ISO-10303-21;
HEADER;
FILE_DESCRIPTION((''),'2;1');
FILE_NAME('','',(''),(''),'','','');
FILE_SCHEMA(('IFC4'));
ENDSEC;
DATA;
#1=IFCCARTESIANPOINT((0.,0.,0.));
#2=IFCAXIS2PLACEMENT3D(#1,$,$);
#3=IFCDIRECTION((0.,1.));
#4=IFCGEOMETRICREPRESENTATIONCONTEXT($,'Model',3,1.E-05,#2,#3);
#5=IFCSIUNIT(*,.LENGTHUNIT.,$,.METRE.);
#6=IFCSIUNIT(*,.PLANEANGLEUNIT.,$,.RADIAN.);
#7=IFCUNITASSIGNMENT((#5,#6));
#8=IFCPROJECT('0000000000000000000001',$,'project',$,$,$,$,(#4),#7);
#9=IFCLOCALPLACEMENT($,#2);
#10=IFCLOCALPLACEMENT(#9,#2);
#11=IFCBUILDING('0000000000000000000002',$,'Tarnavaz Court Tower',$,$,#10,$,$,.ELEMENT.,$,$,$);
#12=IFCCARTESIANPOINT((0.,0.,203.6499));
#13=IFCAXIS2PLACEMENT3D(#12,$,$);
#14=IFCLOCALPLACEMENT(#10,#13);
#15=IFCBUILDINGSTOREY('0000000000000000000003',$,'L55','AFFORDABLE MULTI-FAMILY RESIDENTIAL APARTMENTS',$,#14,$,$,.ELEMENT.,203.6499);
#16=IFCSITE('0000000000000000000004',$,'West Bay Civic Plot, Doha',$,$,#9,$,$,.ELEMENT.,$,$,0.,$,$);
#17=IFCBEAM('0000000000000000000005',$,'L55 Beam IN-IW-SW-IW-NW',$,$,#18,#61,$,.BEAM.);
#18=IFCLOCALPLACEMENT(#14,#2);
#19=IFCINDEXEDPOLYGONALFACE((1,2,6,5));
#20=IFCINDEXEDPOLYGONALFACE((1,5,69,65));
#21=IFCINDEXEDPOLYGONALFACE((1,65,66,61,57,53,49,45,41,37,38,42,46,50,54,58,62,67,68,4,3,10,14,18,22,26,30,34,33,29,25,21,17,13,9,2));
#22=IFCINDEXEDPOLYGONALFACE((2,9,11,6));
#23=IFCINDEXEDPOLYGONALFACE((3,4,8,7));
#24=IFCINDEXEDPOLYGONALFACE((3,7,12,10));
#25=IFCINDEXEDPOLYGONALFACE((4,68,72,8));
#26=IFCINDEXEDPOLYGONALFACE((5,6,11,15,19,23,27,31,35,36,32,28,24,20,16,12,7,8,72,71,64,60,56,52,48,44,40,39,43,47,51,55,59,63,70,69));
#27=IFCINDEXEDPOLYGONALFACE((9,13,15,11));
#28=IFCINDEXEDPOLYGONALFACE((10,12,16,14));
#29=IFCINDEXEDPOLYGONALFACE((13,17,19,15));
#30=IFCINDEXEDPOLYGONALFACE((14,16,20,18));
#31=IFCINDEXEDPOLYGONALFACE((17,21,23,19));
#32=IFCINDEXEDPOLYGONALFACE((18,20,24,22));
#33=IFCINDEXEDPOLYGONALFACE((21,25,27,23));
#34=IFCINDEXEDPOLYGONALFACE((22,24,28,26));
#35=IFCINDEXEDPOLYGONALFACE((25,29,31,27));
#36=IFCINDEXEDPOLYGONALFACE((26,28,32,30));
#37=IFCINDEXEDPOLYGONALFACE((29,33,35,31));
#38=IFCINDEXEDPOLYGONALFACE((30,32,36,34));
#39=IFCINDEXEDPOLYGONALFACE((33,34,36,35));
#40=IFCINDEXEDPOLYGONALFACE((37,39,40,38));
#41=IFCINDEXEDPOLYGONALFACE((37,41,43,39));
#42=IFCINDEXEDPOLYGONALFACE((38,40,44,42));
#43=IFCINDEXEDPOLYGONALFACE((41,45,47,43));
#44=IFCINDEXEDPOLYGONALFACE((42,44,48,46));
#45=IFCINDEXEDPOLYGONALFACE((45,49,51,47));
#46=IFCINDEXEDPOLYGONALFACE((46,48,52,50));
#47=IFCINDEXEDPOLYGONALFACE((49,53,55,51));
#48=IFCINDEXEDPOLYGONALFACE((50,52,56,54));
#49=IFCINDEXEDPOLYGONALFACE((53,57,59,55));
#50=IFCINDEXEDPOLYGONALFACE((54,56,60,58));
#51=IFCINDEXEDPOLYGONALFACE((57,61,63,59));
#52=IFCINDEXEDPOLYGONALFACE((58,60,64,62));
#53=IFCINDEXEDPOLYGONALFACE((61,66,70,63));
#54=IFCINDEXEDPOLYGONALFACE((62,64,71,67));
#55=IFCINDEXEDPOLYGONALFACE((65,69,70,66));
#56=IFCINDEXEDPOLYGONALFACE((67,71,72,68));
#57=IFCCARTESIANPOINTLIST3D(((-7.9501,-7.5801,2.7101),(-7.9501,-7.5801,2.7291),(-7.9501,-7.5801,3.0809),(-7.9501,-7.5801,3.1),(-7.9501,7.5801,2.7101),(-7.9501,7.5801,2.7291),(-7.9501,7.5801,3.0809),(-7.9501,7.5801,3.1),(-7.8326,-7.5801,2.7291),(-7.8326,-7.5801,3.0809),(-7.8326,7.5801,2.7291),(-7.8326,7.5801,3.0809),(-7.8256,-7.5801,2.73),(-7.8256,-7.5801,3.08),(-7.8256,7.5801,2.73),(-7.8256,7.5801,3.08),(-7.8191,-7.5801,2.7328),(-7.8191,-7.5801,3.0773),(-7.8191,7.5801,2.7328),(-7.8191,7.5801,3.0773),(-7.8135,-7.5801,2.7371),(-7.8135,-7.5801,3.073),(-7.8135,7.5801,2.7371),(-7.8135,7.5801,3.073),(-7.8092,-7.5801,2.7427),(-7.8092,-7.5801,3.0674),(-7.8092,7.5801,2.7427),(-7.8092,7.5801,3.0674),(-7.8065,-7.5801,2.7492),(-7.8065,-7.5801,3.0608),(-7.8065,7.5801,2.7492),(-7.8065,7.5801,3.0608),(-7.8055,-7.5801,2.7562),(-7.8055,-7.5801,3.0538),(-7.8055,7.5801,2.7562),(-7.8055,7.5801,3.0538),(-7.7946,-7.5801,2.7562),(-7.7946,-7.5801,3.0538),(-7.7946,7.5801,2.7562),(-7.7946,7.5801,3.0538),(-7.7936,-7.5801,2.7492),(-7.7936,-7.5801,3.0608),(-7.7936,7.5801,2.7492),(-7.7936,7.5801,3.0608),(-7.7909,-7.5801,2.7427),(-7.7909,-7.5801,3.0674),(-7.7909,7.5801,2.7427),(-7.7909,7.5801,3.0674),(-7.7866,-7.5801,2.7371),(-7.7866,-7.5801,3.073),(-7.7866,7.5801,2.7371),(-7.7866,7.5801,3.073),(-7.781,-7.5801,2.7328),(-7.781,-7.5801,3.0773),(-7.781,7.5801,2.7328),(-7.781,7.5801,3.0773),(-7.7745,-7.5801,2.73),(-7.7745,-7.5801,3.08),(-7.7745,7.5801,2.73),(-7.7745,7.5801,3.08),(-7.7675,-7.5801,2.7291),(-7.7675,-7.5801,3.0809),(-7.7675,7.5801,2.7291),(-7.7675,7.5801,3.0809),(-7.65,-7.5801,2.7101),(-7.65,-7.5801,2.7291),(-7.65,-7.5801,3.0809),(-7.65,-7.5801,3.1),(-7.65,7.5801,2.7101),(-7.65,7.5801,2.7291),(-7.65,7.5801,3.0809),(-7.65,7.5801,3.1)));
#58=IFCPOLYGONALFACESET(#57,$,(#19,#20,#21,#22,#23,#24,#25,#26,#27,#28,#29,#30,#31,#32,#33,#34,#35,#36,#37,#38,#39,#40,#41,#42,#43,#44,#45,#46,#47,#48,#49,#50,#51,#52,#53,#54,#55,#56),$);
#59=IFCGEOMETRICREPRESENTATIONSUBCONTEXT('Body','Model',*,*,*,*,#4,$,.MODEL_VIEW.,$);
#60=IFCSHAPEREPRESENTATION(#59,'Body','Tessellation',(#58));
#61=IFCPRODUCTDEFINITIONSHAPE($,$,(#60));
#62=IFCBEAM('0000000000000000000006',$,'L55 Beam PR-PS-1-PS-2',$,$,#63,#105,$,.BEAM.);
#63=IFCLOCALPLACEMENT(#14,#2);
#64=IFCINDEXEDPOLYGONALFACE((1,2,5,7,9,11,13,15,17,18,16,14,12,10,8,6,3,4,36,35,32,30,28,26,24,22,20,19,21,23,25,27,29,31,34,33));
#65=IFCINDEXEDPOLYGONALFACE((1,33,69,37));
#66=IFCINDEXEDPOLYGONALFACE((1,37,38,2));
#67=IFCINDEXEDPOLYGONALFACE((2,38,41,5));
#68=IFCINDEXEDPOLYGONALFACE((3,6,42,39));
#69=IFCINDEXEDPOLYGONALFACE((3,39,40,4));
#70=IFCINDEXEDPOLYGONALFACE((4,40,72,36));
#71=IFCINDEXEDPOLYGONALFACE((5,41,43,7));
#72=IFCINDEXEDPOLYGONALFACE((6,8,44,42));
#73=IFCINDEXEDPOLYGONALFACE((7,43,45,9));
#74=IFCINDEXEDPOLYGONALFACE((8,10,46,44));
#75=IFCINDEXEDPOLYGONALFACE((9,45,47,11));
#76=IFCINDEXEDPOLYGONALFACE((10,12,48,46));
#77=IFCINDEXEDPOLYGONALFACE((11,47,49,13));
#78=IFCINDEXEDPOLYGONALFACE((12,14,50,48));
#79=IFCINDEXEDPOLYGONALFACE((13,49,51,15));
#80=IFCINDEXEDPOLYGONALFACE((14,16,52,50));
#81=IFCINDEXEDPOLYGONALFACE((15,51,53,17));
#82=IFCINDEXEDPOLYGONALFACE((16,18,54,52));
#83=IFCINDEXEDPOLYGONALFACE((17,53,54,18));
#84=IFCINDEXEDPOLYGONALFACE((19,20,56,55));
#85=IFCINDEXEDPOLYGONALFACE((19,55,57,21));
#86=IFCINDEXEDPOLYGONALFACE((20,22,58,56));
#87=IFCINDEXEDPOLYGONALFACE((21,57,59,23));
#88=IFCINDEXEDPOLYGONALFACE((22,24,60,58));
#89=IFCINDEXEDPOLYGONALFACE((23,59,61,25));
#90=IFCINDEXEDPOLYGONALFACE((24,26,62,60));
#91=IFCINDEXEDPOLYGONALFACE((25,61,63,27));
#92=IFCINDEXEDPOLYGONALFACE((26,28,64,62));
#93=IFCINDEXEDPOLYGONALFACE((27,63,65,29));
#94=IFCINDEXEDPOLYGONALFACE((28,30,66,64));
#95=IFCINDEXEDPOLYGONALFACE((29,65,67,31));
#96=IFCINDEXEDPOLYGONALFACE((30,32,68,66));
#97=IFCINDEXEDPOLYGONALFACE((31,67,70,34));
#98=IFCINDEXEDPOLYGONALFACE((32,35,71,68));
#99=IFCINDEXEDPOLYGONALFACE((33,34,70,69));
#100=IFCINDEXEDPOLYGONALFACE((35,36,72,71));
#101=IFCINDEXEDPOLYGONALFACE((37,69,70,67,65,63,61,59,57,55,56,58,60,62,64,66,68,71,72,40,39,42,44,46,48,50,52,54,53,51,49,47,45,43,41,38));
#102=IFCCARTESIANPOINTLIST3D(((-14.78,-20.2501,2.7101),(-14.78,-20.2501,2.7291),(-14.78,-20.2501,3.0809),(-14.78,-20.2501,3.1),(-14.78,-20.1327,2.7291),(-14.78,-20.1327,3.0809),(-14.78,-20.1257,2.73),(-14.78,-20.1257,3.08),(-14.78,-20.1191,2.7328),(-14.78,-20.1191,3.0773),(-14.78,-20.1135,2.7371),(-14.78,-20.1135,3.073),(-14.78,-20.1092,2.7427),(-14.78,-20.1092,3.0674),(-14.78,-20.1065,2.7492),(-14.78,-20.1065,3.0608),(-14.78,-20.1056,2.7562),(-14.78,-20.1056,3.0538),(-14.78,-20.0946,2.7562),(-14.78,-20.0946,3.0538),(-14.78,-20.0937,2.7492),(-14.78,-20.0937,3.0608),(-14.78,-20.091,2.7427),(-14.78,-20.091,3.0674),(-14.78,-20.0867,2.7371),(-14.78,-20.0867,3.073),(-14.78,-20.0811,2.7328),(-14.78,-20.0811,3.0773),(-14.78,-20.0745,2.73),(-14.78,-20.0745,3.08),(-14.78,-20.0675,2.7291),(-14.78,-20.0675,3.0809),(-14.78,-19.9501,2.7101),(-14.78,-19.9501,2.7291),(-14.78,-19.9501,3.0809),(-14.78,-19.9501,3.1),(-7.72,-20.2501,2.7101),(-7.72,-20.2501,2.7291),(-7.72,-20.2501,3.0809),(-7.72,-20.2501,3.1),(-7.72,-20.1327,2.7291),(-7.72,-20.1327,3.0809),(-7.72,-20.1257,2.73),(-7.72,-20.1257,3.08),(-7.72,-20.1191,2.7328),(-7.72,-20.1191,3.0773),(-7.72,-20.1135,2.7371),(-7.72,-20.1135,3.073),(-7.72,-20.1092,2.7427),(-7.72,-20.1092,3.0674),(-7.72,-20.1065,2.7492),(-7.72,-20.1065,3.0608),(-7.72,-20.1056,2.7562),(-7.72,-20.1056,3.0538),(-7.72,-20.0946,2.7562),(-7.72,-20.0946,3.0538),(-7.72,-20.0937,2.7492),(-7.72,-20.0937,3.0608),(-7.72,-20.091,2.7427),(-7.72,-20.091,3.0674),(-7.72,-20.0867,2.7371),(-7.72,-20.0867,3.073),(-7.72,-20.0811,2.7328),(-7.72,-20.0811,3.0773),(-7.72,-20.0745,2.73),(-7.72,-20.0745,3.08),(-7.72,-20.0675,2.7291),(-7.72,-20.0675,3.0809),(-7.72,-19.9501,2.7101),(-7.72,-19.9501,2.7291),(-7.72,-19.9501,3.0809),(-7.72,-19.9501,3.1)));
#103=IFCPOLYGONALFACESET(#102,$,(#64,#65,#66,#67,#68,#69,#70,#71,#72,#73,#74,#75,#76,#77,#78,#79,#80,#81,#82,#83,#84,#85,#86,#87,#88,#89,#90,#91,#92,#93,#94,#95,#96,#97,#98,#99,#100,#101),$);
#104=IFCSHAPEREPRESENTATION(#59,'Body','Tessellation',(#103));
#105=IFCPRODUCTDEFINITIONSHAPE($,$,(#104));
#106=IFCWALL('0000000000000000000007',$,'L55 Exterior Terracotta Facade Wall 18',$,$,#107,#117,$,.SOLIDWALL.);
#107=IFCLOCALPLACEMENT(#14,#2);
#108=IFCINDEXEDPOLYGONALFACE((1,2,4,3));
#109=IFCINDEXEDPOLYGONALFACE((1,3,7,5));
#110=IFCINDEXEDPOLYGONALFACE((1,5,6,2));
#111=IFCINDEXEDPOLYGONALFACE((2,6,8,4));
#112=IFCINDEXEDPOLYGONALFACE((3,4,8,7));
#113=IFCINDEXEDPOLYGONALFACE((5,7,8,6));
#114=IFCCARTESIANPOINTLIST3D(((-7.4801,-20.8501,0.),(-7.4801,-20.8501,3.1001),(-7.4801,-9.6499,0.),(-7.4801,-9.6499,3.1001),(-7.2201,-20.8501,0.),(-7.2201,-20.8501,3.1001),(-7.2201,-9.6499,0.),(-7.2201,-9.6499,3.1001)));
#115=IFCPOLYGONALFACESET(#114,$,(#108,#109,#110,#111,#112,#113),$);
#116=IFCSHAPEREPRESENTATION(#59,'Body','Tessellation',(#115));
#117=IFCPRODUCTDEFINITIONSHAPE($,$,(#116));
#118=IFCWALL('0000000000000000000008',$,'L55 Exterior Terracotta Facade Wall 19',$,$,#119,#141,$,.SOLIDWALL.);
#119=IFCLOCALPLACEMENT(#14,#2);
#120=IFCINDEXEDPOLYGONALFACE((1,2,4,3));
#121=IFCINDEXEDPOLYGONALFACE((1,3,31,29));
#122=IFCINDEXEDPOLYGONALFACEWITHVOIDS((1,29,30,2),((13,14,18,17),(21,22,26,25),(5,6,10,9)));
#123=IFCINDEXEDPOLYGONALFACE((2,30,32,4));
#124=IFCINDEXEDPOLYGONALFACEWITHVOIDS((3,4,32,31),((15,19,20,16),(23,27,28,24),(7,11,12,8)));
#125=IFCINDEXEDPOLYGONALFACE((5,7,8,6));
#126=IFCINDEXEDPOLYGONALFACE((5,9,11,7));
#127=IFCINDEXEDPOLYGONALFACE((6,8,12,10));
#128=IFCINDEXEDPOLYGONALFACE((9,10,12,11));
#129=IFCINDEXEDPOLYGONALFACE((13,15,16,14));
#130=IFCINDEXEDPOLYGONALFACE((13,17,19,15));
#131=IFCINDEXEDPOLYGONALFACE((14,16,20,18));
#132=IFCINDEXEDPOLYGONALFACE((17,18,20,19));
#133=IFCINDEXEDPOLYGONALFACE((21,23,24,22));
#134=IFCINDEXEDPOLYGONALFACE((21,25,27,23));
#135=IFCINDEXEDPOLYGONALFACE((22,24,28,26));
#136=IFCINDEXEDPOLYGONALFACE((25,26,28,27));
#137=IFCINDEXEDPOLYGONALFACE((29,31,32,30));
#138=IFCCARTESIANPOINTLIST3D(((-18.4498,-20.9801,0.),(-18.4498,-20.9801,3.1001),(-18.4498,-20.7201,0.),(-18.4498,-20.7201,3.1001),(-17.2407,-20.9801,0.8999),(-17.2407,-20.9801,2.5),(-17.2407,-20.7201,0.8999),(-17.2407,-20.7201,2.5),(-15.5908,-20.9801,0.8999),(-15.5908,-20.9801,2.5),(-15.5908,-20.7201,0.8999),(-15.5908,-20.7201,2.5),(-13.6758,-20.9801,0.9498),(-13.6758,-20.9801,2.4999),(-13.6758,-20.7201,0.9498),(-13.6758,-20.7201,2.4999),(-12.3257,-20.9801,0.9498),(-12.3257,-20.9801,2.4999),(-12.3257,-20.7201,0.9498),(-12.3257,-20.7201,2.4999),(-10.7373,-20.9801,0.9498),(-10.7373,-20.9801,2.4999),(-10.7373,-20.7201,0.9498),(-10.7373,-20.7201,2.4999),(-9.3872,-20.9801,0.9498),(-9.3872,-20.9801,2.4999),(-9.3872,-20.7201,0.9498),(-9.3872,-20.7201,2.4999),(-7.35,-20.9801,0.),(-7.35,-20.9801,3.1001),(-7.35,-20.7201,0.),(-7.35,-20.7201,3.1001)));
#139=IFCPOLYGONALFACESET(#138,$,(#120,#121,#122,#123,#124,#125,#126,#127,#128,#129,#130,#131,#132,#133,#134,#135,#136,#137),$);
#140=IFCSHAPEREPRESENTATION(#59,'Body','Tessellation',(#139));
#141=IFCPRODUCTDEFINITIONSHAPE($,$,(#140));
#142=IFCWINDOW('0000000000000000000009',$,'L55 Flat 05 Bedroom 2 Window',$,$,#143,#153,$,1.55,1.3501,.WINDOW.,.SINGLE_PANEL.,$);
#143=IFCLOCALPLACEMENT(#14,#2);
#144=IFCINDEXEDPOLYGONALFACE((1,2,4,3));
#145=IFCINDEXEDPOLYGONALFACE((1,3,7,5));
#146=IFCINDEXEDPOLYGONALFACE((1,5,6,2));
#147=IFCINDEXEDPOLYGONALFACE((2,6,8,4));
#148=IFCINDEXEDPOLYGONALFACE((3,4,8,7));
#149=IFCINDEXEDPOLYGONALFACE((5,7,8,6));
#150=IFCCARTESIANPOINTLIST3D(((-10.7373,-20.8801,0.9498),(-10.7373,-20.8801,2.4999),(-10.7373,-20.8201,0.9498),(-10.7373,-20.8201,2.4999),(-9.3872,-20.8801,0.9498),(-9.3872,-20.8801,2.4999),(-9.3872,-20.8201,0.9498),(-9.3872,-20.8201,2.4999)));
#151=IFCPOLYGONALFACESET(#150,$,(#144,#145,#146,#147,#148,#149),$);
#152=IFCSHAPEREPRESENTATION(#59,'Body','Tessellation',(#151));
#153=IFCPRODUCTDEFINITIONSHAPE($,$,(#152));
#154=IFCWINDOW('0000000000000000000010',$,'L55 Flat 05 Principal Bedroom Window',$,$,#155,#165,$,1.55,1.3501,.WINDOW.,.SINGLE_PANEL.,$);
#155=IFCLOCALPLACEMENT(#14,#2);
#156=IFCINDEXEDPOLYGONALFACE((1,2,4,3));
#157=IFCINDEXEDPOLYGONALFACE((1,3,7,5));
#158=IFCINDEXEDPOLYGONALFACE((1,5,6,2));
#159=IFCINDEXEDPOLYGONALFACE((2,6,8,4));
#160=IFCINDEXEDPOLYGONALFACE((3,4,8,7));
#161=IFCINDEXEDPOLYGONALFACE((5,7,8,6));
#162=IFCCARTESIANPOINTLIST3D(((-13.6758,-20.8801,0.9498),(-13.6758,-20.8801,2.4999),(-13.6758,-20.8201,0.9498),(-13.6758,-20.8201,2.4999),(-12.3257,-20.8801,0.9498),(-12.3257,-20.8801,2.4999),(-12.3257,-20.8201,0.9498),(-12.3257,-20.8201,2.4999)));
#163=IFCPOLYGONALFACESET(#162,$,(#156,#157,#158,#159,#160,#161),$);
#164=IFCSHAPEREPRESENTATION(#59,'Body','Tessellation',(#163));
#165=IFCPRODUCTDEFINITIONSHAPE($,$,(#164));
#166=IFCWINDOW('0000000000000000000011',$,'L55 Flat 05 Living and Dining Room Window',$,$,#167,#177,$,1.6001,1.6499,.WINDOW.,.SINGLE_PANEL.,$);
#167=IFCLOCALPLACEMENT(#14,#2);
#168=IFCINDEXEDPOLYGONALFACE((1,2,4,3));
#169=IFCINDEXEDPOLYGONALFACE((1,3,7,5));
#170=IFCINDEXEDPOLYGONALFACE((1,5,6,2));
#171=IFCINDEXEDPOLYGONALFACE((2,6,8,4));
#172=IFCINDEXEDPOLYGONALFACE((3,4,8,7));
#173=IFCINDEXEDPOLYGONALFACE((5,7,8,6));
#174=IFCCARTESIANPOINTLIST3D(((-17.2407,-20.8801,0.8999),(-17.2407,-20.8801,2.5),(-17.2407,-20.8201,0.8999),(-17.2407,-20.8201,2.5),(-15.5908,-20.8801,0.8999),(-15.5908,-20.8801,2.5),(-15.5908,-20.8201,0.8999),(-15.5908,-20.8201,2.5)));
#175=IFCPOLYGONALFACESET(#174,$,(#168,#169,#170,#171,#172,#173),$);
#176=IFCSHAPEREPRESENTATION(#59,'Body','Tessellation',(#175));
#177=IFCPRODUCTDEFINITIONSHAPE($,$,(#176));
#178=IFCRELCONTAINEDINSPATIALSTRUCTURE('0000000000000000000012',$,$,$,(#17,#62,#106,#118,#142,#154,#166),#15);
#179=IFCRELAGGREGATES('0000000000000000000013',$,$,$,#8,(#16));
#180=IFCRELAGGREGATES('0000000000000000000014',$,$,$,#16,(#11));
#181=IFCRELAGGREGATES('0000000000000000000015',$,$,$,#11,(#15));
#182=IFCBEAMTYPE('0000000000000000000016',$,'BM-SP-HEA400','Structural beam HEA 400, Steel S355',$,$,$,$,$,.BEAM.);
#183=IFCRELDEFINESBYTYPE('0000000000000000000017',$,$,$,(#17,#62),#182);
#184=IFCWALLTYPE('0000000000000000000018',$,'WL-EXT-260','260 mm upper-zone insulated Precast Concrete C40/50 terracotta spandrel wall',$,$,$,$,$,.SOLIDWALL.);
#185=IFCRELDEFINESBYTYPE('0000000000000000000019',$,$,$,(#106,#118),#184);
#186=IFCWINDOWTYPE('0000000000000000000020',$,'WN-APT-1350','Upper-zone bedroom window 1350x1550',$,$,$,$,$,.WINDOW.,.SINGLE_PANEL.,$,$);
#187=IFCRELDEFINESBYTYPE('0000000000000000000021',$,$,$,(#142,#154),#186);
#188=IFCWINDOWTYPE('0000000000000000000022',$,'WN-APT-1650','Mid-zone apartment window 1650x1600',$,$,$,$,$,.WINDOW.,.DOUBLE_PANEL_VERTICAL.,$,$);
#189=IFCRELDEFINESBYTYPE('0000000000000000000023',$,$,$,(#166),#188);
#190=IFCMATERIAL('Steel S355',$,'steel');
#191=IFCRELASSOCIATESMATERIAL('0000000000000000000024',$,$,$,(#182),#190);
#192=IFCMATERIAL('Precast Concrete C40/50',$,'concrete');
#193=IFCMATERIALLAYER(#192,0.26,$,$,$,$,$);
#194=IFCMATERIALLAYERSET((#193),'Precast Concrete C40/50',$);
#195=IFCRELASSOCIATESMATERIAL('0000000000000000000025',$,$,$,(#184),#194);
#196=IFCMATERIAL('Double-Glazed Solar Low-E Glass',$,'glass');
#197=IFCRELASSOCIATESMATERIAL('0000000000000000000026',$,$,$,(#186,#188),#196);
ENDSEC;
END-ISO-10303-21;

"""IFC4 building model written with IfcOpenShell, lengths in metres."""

from ifc_helpers import new_model, si_unit, direction, frame, frame_2d, origin, origin_2d, place, context, subcontext, project, spatial, rectangle, i_section, extrude, material, layer, layer_set, material_profile, profile_set, type_object, element, fill, save


model = new_model("IFC4")

# Units and contexts
model_context = context("Model", 3, precision=1e-05, world=origin(), true_north=direction((0.0, 1.0)))
body_context = subcontext(model_context, "Body", "Model", "MODEL_VIEW")
ifc_project = project(units=[si_unit("LENGTHUNIT", "METRE"), si_unit("PLANEANGLEUNIT", "RADIAN")], contexts=[model_context])

# Site, building, storey
site_placement = place(None, origin())
site = spatial("IfcSite", under=ifc_project, at=site_placement, Name="West Bay Civic Plot, Doha", CompositionType="ELEMENT", RefElevation=0.0)
building_placement = place(site_placement, origin())
building = spatial("IfcBuilding", under=site, at=building_placement, Name="Tarnavaz Court Tower", CompositionType="ELEMENT")
storey_placement = place(building_placement, frame((0.0, 0.0, 203.6499)))
storey = spatial("IfcBuildingStorey", under=building, at=storey_placement, Name="L55", Description="AFFORDABLE MULTI-FAMILY RESIDENTIAL APARTMENTS", CompositionType="ELEMENT", Elevation=203.6499)

# Beams
ifc_material_1 = material(Name="Steel S355", Category="steel")
ifc_material_profile_1 = material_profile(ifc_material_1, i_section(OverallWidth=0.3, OverallDepth=0.3899, WebThickness=0.011, FlangeThickness=0.019, FilletRadius=0.0271, at=origin_2d()), Name="HEA 400")
ifc_profile_set_1 = profile_set([ifc_material_profile_1], Name="Steel S355")
beam_type_1 = type_object("IfcBeamType", Name="BM-SP-HEA400", Description="Structural beam HEA 400, Steel S355", PredefinedType="BEAM", material=ifc_profile_set_1)
for number, where, z_axis, x_axis, name in (
    (1, (-7.8, -7.5801, 2.905), (0.0, 1.0, 0.0), (-1.0, 0.0, 0.0), "L55 Beam IN-IW-SW-IW-NW"),
):
    element("IfcBeam", number, at=place(storey_placement, frame(where, z_axis=z_axis, x_axis=x_axis)), inside=storey, type_object=beam_type_1, Name=name, PredefinedType="BEAM", context=body_context, shape_type="SweptSolid", body=[
        extrude(i_section(OverallWidth=0.3, OverallDepth=0.3899, WebThickness=0.011, FlangeThickness=0.019, FilletRadius=0.0271, at=origin_2d()), origin(), (0.0, 0.0, 1.0), 15.1602),
    ])
beam_1_placement = place(storey_placement, frame((-14.78, -20.1001, 2.905), z_axis=(1.0, 0.0, 0.0), x_axis=(0.0, 1.0, 0.0)))
element("IfcBeam", 2, at=beam_1_placement, inside=storey, type_object=beam_type_1, Name="L55 Beam PR-PS-1-PS-2", PredefinedType="BEAM", context=body_context, shape_type="SweptSolid", body=[
    extrude(i_section(OverallWidth=0.3, OverallDepth=0.3899, WebThickness=0.011, FlangeThickness=0.019, FilletRadius=0.0271, at=origin_2d()), origin(), (0.0, 0.0, 1.0), 7.0601),
])

# Wall
ifc_material_2 = material(Name="Precast Concrete C40/50", Category="concrete")
ifc_layer_1 = layer(ifc_material_2, 0.26)
ifc_layer_set_1 = layer_set([ifc_layer_1], Name="Precast Concrete C40/50")
wall_type_1 = type_object("IfcWallType", Name="WL-EXT-260", Description="260 mm upper-zone insulated Precast Concrete C40/50 terracotta spandrel wall", PredefinedType="SOLIDWALL", material=ifc_layer_set_1)
wall_1_placement = place(storey_placement, frame((-7.3501, -9.6499, 0.0), z_axis=(0.0, 0.0, 1.0), x_axis=(0.0, -1.0, 0.0)))
element("IfcWall", 3, at=wall_1_placement, inside=storey, type_object=wall_type_1, Name="L55 Exterior Terracotta Facade Wall 18", PredefinedType="SOLIDWALL", context=body_context, shape_type="SweptSolid", body=[
    extrude(rectangle(XDim=11.2002, YDim=0.26, at=frame_2d((5.6001, 0.0))), origin(), (0.0, 0.0, 1.0), 3.1001),
])

# Wall, openings, windows
wall_2_placement = place(storey_placement, frame((-7.3501, -20.8501, 0.0), z_axis=(0.0, 0.0, 1.0), x_axis=(-1.0, 0.0, 0.0)))
wall_2 = element("IfcWall", 4, at=wall_2_placement, inside=storey, type_object=wall_type_1, Name="L55 Exterior Terracotta Facade Wall 19", PredefinedType="SOLIDWALL", context=body_context, shape_type="SweptSolid", body=[
    extrude(rectangle(XDim=11.0999, YDim=0.26, at=frame_2d((5.5498, 0.0))), origin(), (0.0, 0.0, 1.0), 3.1001),
])
opening_1_placement = place(wall_2_placement, frame((2.0371, 0.0, 0.95)))
opening_1 = element("IfcOpeningElement", 5, at=opening_1_placement, cuts=wall_2, PredefinedType="OPENING", context=body_context, shape_type="SweptSolid", body=[
    extrude(rectangle(XDim=1.3501, YDim=1.55, at=frame_2d((0.675, 0.7749))), frame((0.0, 0.1399, 0.0), z_axis=(0.0, -1.0, 0.0), x_axis=(1.0, 0.0, 0.0)), (0.0, 0.0, 1.0), 0.28),
])
opening_2_placement = place(wall_2_placement, frame((4.9756, 0.0, 0.95)))
opening_2 = element("IfcOpeningElement", 6, at=opening_2_placement, cuts=wall_2, PredefinedType="OPENING", context=body_context, shape_type="SweptSolid", body=[
    extrude(rectangle(XDim=1.3501, YDim=1.55, at=frame_2d((0.675, 0.7749))), frame((0.0, 0.1399, 0.0), z_axis=(0.0, -1.0, 0.0), x_axis=(1.0, 0.0, 0.0)), (0.0, 0.0, 1.0), 0.28),
])
opening_3_placement = place(wall_2_placement, frame((8.2407, 0.0, 0.8999)))
opening_3 = element("IfcOpeningElement", 7, at=opening_3_placement, cuts=wall_2, PredefinedType="OPENING", context=body_context, shape_type="SweptSolid", body=[
    extrude(rectangle(XDim=1.6499, YDim=1.6001, at=frame_2d((0.825, 0.8))), frame((0.0, 0.1399, 0.0), z_axis=(0.0, -1.0, 0.0), x_axis=(1.0, 0.0, 0.0)), (0.0, 0.0, 1.0), 0.28),
])
ifc_material_3 = material(Name="Double-Glazed Solar Low-E Glass", Category="glass")
window_type_1 = type_object("IfcWindowType", Name="WN-APT-1350", Description="Upper-zone bedroom window 1350x1550", PartitioningType="SINGLE_PANEL", PredefinedType="WINDOW", material=ifc_material_3)
window_1_placement = place(opening_1_placement, origin())
window_1 = element("IfcWindow", 8, at=window_1_placement, inside=storey, type_object=window_type_1, Name="L55 Flat 05 Bedroom 2 Window", OverallHeight=1.55, OverallWidth=1.3501, PartitioningType="SINGLE_PANEL", PredefinedType="WINDOW", context=body_context, shape_type="SweptSolid", body=[
    extrude(rectangle(XDim=1.3501, YDim=1.55, at=frame_2d((0.675, 0.7749))), frame((0.0, 0.03, 0.0), z_axis=(0.0, -1.0, 0.0), x_axis=(1.0, 0.0, 0.0)), (0.0, 0.0, 1.0), 0.0601),
])
fill(opening_1, window_1)
window_2_placement = place(opening_2_placement, origin())
window_2 = element("IfcWindow", 9, at=window_2_placement, inside=storey, type_object=window_type_1, Name="L55 Flat 05 Principal Bedroom Window", OverallHeight=1.55, OverallWidth=1.3501, PartitioningType="SINGLE_PANEL", PredefinedType="WINDOW", context=body_context, shape_type="SweptSolid", body=[
    extrude(rectangle(XDim=1.3501, YDim=1.55, at=frame_2d((0.675, 0.7749))), frame((0.0, 0.03, 0.0), z_axis=(0.0, -1.0, 0.0), x_axis=(1.0, 0.0, 0.0)), (0.0, 0.0, 1.0), 0.0601),
])
fill(opening_2, window_2)
window_type_2 = type_object("IfcWindowType", Name="WN-APT-1650", Description="Mid-zone apartment window 1650x1600", PartitioningType="DOUBLE_PANEL_VERTICAL", PredefinedType="WINDOW", material=ifc_material_3)
window_3_placement = place(opening_3_placement, origin())
window_3 = element("IfcWindow", 10, at=window_3_placement, inside=storey, type_object=window_type_2, Name="L55 Flat 05 Living and Dining Room Window", OverallHeight=1.6001, OverallWidth=1.6499, PartitioningType="SINGLE_PANEL", PredefinedType="WINDOW", context=body_context, shape_type="SweptSolid", body=[
    extrude(rectangle(XDim=1.6499, YDim=1.6001, at=frame_2d((0.825, 0.8))), frame((0.0, 0.03, 0.0), z_axis=(0.0, -1.0, 0.0), x_axis=(1.0, 0.0, 0.0)), (0.0, 0.0, 1.0), 0.0601),
])
fill(opening_3, window_3)

save(model, "model.ifc")
